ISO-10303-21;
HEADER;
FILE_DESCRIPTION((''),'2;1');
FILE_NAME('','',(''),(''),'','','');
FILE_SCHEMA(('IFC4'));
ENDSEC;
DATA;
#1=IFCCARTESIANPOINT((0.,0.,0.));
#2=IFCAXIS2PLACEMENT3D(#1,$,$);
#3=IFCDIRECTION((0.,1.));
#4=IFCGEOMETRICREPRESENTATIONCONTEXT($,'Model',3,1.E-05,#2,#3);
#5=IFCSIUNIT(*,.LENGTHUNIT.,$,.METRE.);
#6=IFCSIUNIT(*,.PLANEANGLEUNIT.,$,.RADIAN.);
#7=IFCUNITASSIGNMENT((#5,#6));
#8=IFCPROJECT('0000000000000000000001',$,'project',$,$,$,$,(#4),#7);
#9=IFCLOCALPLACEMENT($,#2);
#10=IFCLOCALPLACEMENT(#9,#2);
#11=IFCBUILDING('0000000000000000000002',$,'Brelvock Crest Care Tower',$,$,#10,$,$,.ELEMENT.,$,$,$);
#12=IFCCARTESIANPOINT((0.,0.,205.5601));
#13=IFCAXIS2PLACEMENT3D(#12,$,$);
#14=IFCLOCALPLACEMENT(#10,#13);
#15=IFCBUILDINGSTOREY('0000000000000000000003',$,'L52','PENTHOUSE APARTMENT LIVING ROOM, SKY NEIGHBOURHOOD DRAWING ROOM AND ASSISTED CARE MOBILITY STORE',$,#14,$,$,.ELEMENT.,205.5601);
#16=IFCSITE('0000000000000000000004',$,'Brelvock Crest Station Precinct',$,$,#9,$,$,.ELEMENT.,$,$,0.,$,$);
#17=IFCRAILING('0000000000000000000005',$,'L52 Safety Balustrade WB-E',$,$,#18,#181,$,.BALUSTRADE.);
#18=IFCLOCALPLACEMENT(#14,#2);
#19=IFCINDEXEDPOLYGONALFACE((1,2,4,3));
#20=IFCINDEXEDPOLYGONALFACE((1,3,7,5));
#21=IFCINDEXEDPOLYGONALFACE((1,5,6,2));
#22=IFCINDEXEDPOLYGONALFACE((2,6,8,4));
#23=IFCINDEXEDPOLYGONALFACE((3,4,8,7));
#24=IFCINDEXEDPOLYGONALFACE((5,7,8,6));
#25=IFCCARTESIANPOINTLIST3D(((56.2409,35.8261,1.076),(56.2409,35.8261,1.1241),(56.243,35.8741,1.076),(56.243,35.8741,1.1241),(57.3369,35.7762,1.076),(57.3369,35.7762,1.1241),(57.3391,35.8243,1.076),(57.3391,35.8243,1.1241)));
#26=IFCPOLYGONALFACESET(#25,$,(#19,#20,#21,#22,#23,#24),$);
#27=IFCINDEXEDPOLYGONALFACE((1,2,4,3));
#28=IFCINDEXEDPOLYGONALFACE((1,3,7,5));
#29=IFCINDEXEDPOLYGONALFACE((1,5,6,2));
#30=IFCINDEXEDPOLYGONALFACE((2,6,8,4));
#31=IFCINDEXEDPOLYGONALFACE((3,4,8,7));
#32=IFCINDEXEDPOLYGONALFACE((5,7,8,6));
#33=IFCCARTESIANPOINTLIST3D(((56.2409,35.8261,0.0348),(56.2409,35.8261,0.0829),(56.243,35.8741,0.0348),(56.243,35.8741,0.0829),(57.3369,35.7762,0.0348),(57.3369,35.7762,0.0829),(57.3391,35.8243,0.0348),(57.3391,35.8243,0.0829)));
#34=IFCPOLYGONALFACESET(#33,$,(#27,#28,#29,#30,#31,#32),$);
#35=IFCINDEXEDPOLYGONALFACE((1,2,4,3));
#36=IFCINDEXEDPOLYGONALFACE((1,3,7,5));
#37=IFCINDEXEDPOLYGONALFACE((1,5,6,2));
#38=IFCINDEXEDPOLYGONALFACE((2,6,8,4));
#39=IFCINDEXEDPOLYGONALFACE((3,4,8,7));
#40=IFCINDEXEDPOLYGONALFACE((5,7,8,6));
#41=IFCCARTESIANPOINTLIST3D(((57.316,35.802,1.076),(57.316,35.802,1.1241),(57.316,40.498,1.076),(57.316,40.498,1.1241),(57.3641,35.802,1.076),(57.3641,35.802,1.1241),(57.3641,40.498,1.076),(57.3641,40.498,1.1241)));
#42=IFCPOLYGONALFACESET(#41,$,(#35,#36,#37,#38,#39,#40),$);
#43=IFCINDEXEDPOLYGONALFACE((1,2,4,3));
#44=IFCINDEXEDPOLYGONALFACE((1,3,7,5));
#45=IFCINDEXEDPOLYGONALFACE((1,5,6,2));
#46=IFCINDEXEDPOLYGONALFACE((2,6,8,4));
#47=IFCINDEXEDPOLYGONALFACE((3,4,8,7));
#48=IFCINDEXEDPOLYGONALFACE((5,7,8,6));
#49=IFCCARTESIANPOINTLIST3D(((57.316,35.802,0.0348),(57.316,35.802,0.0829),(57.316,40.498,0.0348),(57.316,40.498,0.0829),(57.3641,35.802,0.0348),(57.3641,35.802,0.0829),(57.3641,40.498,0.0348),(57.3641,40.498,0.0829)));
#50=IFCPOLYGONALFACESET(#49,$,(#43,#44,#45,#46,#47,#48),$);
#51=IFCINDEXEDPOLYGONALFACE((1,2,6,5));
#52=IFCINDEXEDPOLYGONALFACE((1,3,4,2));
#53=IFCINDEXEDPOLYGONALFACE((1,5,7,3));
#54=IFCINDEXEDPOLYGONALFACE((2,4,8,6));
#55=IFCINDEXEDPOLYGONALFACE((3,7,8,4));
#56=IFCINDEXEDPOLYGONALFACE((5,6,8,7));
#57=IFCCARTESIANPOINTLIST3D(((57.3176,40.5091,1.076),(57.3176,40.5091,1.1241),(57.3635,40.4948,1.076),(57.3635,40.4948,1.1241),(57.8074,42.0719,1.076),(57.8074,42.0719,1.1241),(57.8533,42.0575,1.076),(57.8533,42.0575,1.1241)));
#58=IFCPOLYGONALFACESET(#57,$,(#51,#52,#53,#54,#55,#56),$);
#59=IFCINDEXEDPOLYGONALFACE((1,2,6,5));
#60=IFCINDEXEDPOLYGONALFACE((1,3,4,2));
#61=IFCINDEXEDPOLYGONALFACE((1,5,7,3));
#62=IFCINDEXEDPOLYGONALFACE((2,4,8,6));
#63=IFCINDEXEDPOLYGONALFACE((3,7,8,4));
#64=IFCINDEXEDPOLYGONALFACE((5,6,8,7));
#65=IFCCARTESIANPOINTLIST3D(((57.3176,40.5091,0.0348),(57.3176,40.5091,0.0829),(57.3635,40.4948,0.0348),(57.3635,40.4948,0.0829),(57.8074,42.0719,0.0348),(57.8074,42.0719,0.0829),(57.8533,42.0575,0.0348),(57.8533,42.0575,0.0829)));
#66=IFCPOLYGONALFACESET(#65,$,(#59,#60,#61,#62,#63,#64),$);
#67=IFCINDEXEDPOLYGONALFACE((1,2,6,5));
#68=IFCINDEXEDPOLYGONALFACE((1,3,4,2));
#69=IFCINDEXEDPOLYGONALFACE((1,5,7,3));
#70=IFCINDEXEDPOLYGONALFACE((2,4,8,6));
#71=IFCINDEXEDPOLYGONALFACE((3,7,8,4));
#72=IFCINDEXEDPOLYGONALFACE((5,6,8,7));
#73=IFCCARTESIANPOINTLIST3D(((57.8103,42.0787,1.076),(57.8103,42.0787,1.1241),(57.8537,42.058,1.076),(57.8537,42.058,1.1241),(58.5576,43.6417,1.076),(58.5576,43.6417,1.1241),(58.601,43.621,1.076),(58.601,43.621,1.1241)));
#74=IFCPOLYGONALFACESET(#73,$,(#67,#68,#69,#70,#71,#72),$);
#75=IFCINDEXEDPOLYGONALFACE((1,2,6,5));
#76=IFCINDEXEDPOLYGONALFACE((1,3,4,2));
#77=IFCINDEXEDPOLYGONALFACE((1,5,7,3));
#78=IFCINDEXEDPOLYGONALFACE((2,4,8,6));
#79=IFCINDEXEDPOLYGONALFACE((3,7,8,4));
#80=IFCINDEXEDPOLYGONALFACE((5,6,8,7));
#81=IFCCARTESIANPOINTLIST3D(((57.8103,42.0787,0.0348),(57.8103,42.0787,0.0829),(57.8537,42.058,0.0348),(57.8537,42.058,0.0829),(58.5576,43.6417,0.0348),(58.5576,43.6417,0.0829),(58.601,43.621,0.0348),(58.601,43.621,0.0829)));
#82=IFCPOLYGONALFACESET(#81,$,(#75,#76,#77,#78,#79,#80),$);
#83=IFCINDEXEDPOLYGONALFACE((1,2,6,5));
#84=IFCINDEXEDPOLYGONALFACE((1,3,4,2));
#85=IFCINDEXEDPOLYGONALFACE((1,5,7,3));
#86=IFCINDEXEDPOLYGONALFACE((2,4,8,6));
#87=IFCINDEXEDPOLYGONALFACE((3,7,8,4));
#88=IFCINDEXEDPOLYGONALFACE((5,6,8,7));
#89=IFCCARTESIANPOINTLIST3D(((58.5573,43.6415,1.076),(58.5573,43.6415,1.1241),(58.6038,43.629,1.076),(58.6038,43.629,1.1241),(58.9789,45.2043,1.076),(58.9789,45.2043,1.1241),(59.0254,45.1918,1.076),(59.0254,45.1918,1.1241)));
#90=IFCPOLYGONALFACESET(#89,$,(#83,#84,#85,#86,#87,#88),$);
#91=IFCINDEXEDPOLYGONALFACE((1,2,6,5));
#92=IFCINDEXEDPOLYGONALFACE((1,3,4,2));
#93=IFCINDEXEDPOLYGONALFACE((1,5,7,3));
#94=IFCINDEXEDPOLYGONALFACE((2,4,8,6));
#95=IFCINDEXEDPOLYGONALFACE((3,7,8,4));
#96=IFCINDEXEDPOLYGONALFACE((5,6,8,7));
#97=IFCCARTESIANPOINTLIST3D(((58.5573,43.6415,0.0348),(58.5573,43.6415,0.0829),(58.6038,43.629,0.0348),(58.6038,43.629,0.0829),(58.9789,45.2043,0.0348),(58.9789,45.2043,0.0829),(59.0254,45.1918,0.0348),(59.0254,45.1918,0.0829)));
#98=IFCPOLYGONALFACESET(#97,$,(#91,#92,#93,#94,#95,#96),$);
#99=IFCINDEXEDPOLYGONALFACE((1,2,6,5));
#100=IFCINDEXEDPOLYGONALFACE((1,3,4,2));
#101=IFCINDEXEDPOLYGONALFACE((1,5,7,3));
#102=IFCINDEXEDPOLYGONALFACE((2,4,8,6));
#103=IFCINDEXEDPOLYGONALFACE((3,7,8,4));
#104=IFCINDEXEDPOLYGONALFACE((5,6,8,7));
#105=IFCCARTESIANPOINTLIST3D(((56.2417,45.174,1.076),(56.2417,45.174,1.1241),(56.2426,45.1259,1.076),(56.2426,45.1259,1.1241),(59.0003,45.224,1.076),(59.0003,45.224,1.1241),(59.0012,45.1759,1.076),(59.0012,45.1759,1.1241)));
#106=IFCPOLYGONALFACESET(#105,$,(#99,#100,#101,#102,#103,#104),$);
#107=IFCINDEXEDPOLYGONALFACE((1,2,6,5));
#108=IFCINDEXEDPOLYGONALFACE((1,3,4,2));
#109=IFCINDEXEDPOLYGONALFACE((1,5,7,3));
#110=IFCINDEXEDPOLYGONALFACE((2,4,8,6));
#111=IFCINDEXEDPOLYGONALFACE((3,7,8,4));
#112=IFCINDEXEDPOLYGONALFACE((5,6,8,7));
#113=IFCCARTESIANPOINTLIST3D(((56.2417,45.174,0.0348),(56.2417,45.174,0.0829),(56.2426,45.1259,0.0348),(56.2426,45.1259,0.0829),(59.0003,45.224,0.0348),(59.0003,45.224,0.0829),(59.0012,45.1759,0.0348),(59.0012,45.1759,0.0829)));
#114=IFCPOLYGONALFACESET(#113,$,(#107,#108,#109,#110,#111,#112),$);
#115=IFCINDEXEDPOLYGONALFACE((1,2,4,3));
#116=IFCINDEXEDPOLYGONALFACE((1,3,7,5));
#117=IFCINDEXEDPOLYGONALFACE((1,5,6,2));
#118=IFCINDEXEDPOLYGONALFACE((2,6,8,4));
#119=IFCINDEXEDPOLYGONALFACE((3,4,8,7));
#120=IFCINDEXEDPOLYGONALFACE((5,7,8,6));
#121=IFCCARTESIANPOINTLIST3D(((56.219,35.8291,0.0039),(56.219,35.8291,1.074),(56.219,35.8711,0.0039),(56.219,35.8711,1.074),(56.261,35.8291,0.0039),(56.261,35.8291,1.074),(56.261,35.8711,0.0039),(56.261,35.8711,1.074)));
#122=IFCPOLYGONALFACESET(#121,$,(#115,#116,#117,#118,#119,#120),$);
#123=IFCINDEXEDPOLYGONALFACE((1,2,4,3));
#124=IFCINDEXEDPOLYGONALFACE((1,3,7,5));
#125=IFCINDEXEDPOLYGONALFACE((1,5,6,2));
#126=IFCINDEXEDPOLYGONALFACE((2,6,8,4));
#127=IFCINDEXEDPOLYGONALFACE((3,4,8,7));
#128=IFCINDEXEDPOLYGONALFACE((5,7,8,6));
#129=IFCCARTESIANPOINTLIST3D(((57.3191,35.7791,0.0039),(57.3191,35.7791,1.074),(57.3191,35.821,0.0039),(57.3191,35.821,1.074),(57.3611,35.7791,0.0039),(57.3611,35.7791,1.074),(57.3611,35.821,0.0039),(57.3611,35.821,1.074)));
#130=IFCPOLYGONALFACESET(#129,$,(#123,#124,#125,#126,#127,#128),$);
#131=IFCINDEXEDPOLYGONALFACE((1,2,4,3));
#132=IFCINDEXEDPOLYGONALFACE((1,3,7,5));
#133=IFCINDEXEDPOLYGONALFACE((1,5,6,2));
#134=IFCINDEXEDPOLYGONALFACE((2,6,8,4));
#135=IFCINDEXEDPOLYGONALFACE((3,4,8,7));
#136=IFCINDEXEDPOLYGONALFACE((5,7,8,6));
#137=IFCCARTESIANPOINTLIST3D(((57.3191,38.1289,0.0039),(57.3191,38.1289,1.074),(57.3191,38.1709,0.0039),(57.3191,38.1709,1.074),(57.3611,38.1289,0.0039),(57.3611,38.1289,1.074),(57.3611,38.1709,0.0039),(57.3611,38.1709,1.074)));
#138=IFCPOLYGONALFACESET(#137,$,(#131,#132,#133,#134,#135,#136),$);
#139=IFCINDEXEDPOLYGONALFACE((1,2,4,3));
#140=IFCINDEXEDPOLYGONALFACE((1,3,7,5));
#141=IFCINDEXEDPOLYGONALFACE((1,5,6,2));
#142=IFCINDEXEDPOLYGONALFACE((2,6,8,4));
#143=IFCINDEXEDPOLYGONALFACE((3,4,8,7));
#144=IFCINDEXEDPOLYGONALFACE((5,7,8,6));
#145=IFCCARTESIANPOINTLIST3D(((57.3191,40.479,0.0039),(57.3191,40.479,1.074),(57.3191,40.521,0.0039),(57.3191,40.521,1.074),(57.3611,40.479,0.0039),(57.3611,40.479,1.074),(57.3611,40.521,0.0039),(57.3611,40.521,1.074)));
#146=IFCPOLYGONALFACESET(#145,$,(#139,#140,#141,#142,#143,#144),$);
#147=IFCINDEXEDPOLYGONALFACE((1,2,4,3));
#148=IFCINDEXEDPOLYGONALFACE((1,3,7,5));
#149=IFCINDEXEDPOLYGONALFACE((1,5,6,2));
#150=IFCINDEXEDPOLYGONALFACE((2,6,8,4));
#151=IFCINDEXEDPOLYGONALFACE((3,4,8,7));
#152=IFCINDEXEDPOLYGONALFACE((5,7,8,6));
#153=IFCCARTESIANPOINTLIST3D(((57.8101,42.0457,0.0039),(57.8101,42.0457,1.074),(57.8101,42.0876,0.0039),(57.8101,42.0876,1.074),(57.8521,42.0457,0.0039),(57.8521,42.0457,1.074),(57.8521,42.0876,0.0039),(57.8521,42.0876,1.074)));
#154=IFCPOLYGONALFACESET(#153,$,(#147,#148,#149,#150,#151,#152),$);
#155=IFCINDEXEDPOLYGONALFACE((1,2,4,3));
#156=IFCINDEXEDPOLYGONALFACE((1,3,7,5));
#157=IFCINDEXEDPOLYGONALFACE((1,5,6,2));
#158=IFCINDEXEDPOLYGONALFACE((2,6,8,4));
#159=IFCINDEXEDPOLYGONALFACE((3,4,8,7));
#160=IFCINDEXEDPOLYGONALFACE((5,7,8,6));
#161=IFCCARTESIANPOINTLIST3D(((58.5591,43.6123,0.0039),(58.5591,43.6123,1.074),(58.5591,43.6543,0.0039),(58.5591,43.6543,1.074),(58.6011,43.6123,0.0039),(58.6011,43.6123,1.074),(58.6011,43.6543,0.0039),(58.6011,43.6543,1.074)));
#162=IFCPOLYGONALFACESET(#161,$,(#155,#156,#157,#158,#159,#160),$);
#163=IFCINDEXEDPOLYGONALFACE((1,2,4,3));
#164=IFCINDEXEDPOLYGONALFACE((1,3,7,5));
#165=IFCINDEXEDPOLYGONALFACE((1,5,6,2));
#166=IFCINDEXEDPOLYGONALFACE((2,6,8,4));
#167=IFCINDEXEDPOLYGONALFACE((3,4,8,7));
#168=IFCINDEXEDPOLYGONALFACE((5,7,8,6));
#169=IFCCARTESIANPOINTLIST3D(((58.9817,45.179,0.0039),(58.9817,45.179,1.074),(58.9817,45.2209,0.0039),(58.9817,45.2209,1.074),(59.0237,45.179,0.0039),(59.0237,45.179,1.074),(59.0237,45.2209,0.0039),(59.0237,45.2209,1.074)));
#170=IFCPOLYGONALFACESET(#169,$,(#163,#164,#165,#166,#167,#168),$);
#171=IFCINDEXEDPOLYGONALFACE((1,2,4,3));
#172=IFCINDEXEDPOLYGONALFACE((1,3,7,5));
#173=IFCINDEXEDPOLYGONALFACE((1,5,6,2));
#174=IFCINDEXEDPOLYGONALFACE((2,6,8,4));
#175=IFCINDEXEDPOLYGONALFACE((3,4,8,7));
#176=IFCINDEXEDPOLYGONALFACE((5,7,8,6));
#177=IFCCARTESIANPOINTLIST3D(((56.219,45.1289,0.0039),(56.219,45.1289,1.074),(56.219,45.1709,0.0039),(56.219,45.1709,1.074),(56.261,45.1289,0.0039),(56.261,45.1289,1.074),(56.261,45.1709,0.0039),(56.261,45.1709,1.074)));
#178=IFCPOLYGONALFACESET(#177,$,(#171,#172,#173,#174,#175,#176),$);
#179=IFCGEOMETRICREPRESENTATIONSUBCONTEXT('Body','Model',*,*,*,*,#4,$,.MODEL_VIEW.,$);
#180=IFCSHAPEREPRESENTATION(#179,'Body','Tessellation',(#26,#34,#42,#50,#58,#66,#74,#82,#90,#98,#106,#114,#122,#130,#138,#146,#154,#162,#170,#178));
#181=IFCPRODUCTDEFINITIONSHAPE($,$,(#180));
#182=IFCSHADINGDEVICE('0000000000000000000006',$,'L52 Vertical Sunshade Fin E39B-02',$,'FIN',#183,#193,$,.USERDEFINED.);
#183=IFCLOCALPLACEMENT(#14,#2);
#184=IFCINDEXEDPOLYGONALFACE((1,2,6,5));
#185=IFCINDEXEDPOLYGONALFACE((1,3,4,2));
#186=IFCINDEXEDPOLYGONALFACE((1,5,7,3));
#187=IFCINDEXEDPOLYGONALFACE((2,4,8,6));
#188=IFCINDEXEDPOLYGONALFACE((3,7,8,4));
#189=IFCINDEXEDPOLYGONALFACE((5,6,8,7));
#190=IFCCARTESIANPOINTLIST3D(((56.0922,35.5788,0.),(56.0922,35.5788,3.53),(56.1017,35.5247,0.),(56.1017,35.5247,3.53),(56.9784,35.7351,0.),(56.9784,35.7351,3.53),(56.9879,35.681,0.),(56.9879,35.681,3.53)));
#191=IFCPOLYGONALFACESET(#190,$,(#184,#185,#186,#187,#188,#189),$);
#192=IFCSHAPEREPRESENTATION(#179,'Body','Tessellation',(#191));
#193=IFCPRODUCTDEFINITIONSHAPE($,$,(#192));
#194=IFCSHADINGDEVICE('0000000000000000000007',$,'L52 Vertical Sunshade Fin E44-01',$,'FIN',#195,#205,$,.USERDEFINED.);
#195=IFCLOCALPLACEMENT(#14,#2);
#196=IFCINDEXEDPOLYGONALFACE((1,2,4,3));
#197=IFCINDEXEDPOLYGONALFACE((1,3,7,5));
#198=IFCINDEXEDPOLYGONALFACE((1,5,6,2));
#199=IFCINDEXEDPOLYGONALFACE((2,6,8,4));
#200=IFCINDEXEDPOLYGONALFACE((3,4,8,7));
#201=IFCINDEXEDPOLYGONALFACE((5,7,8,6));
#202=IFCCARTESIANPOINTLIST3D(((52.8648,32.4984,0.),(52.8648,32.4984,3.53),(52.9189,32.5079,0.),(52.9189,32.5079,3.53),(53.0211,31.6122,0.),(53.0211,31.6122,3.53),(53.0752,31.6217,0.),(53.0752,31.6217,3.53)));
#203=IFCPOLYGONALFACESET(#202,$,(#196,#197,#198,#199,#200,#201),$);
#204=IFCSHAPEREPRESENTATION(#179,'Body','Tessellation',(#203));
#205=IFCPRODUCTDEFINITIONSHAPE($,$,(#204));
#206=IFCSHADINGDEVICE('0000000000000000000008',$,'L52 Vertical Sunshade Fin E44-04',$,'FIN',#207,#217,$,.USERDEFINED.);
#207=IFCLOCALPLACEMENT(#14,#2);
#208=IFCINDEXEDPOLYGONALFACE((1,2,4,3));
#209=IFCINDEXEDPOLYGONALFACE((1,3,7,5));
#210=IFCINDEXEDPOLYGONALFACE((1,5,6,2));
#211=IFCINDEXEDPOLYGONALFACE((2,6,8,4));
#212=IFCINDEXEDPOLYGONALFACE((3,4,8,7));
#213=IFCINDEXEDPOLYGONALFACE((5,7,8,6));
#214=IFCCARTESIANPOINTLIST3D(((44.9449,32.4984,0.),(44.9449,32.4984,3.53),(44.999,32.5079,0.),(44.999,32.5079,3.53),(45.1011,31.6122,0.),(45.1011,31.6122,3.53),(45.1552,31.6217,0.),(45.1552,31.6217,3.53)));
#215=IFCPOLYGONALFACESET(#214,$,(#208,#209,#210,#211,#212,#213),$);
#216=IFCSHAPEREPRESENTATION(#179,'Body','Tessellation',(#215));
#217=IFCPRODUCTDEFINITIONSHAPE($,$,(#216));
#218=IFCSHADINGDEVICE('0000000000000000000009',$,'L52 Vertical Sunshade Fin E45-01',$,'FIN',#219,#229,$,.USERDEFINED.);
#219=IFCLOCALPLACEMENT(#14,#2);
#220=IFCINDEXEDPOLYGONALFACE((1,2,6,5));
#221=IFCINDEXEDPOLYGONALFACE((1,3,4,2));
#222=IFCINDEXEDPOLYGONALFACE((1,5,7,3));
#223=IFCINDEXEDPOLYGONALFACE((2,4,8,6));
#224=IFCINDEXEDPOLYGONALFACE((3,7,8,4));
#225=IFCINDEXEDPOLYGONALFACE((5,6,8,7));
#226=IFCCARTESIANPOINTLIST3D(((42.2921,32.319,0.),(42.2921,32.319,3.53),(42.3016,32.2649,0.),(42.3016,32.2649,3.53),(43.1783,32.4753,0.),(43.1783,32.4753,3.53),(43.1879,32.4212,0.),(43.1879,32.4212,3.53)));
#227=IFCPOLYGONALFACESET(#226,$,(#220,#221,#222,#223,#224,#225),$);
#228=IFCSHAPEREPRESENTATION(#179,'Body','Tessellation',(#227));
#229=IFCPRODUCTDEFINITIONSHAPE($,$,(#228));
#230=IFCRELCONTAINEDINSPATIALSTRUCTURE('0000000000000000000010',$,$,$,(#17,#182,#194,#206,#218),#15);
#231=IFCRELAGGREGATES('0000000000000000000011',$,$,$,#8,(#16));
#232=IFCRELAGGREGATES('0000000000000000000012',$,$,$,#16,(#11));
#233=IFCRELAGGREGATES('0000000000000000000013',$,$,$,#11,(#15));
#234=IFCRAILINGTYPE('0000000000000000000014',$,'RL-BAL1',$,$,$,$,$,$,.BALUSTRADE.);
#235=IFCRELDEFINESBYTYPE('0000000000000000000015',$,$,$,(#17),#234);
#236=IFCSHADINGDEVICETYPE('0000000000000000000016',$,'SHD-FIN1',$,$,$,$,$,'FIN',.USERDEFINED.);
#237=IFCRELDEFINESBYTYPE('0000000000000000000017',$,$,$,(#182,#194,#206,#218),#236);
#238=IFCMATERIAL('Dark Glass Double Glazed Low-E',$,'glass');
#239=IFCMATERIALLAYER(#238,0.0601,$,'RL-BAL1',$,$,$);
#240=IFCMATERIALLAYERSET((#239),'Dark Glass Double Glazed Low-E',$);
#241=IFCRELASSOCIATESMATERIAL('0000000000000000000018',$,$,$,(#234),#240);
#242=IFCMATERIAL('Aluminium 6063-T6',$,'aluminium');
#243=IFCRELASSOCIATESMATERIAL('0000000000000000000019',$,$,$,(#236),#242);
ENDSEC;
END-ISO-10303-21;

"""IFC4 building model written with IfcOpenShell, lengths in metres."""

from ifc_helpers import new_model, si_unit, direction, frame, origin, origin_2d, place, context, subcontext, project, spatial, rectangle, extrude, source, transform, mapped, material, layer, layer_set, material_profile, profile_set, type_object, element, save


model = new_model("IFC4")

# Units and contexts
model_context = context("Model", 3, precision=1e-05, world=origin(), true_north=direction((0.0, 1.0)))
body_context = subcontext(model_context, "Body", "Model", "MODEL_VIEW")
ifc_project = project(units=[si_unit("LENGTHUNIT", "METRE"), si_unit("PLANEANGLEUNIT", "RADIAN")], contexts=[model_context])

# Site, building, storey
site_placement = place(None, origin())
site = spatial("IfcSite", under=ifc_project, at=site_placement, Name="Brelvock Crest Station Precinct", CompositionType="ELEMENT", RefElevation=0.0)
building_placement = place(site_placement, origin())
building = spatial("IfcBuilding", under=site, at=building_placement, Name="Brelvock Crest Care Tower", CompositionType="ELEMENT")
storey_placement = place(building_placement, frame((0.0, 0.0, 205.5601)))
storey = spatial("IfcBuildingStorey", under=building, at=storey_placement, Name="L52", Description="PENTHOUSE APARTMENT LIVING ROOM, SKY NEIGHBOURHOOD DRAWING ROOM AND ASSISTED CARE MOBILITY STORE", CompositionType="ELEMENT", Elevation=205.5601)

# Shared definitions
ifc_material_1 = material(Name="Dark Glass Double Glazed Low-E", Category="glass")
ifc_material_2 = material(Name="Aluminium 6063-T6", Category="aluminium")

# Railing
ifc_layer_1 = layer(ifc_material_1, 0.0601, Name="RL-BAL1")
ifc_layer_set_1 = layer_set([ifc_layer_1], Name="Dark Glass Double Glazed Low-E")
railing_type = type_object("IfcRailingType", Name="RL-BAL1", PredefinedType="BALUSTRADE", material=ifc_layer_set_1)
railing_placement = place(storey_placement, frame((56.24, 35.8501, 0.0039)))
element("IfcRailing", 1, at=railing_placement, inside=storey, type_object=railing_type, Name="L52 Safety Balustrade WB-E", PredefinedType="BALUSTRADE", context=body_context, shape_type="SweptSolid", body=[
    extrude(rectangle(XDim=0.0481, YDim=0.0481, at=origin_2d()), frame((0.002, 0.0, 1.0962), z_axis=(0.998967, -0.045448, 0.0), x_axis=(0.045448, 0.998967, 0.0)), (0.0, 0.0, 1.0), 1.0972),
    extrude(rectangle(XDim=0.0481, YDim=0.0481, at=origin_2d()), frame((0.002, 0.0, 0.0549), z_axis=(0.998967, -0.045448, 0.0), x_axis=(0.045448, 0.998967, 0.0)), (0.0, 0.0, 1.0), 1.0972),
    extrude(rectangle(XDim=0.0481, YDim=0.0481, at=origin_2d()), frame((1.1001, -0.0481, 1.0962), z_axis=(0.0, 1.0, 0.0), x_axis=(-1.0, 0.0, 0.0)), (0.0, 0.0, 1.0), 4.696),
    extrude(rectangle(XDim=0.0481, YDim=0.0481, at=origin_2d()), frame((1.1001, -0.0481, 0.0549), z_axis=(0.0, 1.0, 0.0), x_axis=(-1.0, 0.0, 0.0)), (0.0, 0.0, 1.0), 4.696),
    extrude(rectangle(XDim=0.0481, YDim=0.0481, at=origin_2d()), frame((1.1006, 4.6519, 1.0962), z_axis=(0.299045, 0.954239, 0.0), x_axis=(-0.954239, 0.299045, 0.0)), (0.0, 0.0, 1.0), 1.6377),
    extrude(rectangle(XDim=0.0481, YDim=0.0481, at=origin_2d()), frame((1.1006, 4.6519, 0.0549), z_axis=(0.299045, 0.954239, 0.0), x_axis=(-0.954239, 0.299045, 0.0)), (0.0, 0.0, 1.0), 1.6377),
    extrude(rectangle(XDim=0.0481, YDim=0.0481, at=origin_2d()), frame((1.592, 6.2183, 1.0962), z_axis=(0.431341, 0.902189, 0.0), x_axis=(-0.902189, 0.431341, 0.0)), (0.0, 0.0, 1.0), 1.7324),
    extrude(rectangle(XDim=0.0481, YDim=0.0481, at=origin_2d()), frame((1.592, 6.2183, 0.0549), z_axis=(0.431341, 0.902189, 0.0), x_axis=(-0.902189, 0.431341, 0.0)), (0.0, 0.0, 1.0), 1.7324),
    extrude(rectangle(XDim=0.0481, YDim=0.0481, at=origin_2d()), frame((2.3406, 7.7852, 1.0962), z_axis=(0.260443, 0.965489, 0.0), x_axis=(-0.965489, 0.260443, 0.0)), (0.0, 0.0, 1.0), 1.6187),
    extrude(rectangle(XDim=0.0481, YDim=0.0481, at=origin_2d()), frame((2.3406, 7.7852, 0.0549), z_axis=(0.260443, 0.965489, 0.0), x_axis=(-0.965489, 0.260443, 0.0)), (0.0, 0.0, 1.0), 1.6187),
    extrude(rectangle(XDim=0.0481, YDim=0.0481, at=origin_2d()), frame((2.7607, 9.3499, 1.0962), z_axis=(-0.999836, -0.018113, 0.0), x_axis=(0.018113, -0.999836, 0.0)), (0.0, 0.0, 1.0), 2.759),
    extrude(rectangle(XDim=0.0481, YDim=0.0481, at=origin_2d()), frame((2.7607, 9.3499, 0.0549), z_axis=(-0.999836, -0.018113, 0.0), x_axis=(0.018113, -0.999836, 0.0)), (0.0, 0.0, 1.0), 2.759),
    extrude(rectangle(XDim=0.042, YDim=0.042, at=origin_2d()), origin(), (0.0, 0.0, 1.0), 1.0701),
    extrude(rectangle(XDim=0.042, YDim=0.042, at=origin_2d()), frame((1.1001, -0.05, 0.0)), (0.0, 0.0, 1.0), 1.0701),
    extrude(rectangle(XDim=0.042, YDim=0.042, at=origin_2d()), frame((1.1001, 2.2998, 0.0)), (0.0, 0.0, 1.0), 1.0701),
    extrude(rectangle(XDim=0.042, YDim=0.042, at=origin_2d()), frame((1.1001, 4.6499, 0.0)), (0.0, 0.0, 1.0), 1.0701),
    extrude(rectangle(XDim=0.042, YDim=0.042, at=origin_2d()), frame((1.5911, 6.2166, 0.0)), (0.0, 0.0, 1.0), 1.0701),
    extrude(rectangle(XDim=0.042, YDim=0.042, at=origin_2d()), frame((2.3401, 7.7832, 0.0)), (0.0, 0.0, 1.0), 1.0701),
    extrude(rectangle(XDim=0.042, YDim=0.042, at=origin_2d()), frame((2.7627, 9.3499, 0.0)), (0.0, 0.0, 1.0), 1.0701),
    extrude(rectangle(XDim=0.042, YDim=0.042, at=origin_2d()), frame((0.0, 9.2998, 0.0)), (0.0, 0.0, 1.0), 1.0701),
])

# Shading devices
ifc_material_profile_1 = material_profile(ifc_material_2, rectangle(XDim=0.0549, YDim=0.8999, at=origin_2d()), Name="FIN55x900")
ifc_profile_set_1 = profile_set([ifc_material_profile_1], Name="Aluminium 6063-T6")
shading_device_type = type_object("IfcShadingDeviceType", Name="SHD-FIN1", ElementType="FIN", PredefinedType="USERDEFINED", material=ifc_profile_set_1)
shared_shape_1 = source(origin(), body_context, "Body", "SweptSolid", [
    extrude(rectangle(XDim=0.0549, YDim=0.8999, at=origin_2d()), origin(), (0.0, 0.0, 1.0), 3.53),
])
for number, where, z_axis, x_axis, name in (
    (2, (56.54, 35.6299, 0.0), (0.0, 0.0, 1.0), (0.173648, -0.984808, 0.0), "L52 Vertical Sunshade Fin E39B-02"),
    (3, (52.97, 32.0601, 0.0), (0.0, 0.0, 1.0), (-0.984808, -0.173648, 0.0), "L52 Vertical Sunshade Fin E44-01"),
    (4, (45.05, 32.0601, 0.0), (0.0, 0.0, 1.0), (-0.984808, -0.173648, 0.0), "L52 Vertical Sunshade Fin E44-04"),
    (5, (42.74, 32.3701, 0.0), (0.0, 0.0, 1.0), (0.173648, -0.984808, 0.0), "L52 Vertical Sunshade Fin E45-01"),
):
    element("IfcShadingDevice", number, at=place(storey_placement, frame(where, z_axis=z_axis, x_axis=x_axis)), inside=storey, type_object=shading_device_type, Name=name, ObjectType="FIN", PredefinedType="USERDEFINED", context=body_context, shape_type="MappedRepresentation", body=[
        mapped(shared_shape_1, transform((0.0, 0.0, 0.0), x_axis=(1.0, 0.0, 0.0), y_axis=(0.0, 1.0, 0.0), z_axis=(0.0, 0.0, 1.0), scale=1.0)),
    ])

save(model, "model.ifc")
